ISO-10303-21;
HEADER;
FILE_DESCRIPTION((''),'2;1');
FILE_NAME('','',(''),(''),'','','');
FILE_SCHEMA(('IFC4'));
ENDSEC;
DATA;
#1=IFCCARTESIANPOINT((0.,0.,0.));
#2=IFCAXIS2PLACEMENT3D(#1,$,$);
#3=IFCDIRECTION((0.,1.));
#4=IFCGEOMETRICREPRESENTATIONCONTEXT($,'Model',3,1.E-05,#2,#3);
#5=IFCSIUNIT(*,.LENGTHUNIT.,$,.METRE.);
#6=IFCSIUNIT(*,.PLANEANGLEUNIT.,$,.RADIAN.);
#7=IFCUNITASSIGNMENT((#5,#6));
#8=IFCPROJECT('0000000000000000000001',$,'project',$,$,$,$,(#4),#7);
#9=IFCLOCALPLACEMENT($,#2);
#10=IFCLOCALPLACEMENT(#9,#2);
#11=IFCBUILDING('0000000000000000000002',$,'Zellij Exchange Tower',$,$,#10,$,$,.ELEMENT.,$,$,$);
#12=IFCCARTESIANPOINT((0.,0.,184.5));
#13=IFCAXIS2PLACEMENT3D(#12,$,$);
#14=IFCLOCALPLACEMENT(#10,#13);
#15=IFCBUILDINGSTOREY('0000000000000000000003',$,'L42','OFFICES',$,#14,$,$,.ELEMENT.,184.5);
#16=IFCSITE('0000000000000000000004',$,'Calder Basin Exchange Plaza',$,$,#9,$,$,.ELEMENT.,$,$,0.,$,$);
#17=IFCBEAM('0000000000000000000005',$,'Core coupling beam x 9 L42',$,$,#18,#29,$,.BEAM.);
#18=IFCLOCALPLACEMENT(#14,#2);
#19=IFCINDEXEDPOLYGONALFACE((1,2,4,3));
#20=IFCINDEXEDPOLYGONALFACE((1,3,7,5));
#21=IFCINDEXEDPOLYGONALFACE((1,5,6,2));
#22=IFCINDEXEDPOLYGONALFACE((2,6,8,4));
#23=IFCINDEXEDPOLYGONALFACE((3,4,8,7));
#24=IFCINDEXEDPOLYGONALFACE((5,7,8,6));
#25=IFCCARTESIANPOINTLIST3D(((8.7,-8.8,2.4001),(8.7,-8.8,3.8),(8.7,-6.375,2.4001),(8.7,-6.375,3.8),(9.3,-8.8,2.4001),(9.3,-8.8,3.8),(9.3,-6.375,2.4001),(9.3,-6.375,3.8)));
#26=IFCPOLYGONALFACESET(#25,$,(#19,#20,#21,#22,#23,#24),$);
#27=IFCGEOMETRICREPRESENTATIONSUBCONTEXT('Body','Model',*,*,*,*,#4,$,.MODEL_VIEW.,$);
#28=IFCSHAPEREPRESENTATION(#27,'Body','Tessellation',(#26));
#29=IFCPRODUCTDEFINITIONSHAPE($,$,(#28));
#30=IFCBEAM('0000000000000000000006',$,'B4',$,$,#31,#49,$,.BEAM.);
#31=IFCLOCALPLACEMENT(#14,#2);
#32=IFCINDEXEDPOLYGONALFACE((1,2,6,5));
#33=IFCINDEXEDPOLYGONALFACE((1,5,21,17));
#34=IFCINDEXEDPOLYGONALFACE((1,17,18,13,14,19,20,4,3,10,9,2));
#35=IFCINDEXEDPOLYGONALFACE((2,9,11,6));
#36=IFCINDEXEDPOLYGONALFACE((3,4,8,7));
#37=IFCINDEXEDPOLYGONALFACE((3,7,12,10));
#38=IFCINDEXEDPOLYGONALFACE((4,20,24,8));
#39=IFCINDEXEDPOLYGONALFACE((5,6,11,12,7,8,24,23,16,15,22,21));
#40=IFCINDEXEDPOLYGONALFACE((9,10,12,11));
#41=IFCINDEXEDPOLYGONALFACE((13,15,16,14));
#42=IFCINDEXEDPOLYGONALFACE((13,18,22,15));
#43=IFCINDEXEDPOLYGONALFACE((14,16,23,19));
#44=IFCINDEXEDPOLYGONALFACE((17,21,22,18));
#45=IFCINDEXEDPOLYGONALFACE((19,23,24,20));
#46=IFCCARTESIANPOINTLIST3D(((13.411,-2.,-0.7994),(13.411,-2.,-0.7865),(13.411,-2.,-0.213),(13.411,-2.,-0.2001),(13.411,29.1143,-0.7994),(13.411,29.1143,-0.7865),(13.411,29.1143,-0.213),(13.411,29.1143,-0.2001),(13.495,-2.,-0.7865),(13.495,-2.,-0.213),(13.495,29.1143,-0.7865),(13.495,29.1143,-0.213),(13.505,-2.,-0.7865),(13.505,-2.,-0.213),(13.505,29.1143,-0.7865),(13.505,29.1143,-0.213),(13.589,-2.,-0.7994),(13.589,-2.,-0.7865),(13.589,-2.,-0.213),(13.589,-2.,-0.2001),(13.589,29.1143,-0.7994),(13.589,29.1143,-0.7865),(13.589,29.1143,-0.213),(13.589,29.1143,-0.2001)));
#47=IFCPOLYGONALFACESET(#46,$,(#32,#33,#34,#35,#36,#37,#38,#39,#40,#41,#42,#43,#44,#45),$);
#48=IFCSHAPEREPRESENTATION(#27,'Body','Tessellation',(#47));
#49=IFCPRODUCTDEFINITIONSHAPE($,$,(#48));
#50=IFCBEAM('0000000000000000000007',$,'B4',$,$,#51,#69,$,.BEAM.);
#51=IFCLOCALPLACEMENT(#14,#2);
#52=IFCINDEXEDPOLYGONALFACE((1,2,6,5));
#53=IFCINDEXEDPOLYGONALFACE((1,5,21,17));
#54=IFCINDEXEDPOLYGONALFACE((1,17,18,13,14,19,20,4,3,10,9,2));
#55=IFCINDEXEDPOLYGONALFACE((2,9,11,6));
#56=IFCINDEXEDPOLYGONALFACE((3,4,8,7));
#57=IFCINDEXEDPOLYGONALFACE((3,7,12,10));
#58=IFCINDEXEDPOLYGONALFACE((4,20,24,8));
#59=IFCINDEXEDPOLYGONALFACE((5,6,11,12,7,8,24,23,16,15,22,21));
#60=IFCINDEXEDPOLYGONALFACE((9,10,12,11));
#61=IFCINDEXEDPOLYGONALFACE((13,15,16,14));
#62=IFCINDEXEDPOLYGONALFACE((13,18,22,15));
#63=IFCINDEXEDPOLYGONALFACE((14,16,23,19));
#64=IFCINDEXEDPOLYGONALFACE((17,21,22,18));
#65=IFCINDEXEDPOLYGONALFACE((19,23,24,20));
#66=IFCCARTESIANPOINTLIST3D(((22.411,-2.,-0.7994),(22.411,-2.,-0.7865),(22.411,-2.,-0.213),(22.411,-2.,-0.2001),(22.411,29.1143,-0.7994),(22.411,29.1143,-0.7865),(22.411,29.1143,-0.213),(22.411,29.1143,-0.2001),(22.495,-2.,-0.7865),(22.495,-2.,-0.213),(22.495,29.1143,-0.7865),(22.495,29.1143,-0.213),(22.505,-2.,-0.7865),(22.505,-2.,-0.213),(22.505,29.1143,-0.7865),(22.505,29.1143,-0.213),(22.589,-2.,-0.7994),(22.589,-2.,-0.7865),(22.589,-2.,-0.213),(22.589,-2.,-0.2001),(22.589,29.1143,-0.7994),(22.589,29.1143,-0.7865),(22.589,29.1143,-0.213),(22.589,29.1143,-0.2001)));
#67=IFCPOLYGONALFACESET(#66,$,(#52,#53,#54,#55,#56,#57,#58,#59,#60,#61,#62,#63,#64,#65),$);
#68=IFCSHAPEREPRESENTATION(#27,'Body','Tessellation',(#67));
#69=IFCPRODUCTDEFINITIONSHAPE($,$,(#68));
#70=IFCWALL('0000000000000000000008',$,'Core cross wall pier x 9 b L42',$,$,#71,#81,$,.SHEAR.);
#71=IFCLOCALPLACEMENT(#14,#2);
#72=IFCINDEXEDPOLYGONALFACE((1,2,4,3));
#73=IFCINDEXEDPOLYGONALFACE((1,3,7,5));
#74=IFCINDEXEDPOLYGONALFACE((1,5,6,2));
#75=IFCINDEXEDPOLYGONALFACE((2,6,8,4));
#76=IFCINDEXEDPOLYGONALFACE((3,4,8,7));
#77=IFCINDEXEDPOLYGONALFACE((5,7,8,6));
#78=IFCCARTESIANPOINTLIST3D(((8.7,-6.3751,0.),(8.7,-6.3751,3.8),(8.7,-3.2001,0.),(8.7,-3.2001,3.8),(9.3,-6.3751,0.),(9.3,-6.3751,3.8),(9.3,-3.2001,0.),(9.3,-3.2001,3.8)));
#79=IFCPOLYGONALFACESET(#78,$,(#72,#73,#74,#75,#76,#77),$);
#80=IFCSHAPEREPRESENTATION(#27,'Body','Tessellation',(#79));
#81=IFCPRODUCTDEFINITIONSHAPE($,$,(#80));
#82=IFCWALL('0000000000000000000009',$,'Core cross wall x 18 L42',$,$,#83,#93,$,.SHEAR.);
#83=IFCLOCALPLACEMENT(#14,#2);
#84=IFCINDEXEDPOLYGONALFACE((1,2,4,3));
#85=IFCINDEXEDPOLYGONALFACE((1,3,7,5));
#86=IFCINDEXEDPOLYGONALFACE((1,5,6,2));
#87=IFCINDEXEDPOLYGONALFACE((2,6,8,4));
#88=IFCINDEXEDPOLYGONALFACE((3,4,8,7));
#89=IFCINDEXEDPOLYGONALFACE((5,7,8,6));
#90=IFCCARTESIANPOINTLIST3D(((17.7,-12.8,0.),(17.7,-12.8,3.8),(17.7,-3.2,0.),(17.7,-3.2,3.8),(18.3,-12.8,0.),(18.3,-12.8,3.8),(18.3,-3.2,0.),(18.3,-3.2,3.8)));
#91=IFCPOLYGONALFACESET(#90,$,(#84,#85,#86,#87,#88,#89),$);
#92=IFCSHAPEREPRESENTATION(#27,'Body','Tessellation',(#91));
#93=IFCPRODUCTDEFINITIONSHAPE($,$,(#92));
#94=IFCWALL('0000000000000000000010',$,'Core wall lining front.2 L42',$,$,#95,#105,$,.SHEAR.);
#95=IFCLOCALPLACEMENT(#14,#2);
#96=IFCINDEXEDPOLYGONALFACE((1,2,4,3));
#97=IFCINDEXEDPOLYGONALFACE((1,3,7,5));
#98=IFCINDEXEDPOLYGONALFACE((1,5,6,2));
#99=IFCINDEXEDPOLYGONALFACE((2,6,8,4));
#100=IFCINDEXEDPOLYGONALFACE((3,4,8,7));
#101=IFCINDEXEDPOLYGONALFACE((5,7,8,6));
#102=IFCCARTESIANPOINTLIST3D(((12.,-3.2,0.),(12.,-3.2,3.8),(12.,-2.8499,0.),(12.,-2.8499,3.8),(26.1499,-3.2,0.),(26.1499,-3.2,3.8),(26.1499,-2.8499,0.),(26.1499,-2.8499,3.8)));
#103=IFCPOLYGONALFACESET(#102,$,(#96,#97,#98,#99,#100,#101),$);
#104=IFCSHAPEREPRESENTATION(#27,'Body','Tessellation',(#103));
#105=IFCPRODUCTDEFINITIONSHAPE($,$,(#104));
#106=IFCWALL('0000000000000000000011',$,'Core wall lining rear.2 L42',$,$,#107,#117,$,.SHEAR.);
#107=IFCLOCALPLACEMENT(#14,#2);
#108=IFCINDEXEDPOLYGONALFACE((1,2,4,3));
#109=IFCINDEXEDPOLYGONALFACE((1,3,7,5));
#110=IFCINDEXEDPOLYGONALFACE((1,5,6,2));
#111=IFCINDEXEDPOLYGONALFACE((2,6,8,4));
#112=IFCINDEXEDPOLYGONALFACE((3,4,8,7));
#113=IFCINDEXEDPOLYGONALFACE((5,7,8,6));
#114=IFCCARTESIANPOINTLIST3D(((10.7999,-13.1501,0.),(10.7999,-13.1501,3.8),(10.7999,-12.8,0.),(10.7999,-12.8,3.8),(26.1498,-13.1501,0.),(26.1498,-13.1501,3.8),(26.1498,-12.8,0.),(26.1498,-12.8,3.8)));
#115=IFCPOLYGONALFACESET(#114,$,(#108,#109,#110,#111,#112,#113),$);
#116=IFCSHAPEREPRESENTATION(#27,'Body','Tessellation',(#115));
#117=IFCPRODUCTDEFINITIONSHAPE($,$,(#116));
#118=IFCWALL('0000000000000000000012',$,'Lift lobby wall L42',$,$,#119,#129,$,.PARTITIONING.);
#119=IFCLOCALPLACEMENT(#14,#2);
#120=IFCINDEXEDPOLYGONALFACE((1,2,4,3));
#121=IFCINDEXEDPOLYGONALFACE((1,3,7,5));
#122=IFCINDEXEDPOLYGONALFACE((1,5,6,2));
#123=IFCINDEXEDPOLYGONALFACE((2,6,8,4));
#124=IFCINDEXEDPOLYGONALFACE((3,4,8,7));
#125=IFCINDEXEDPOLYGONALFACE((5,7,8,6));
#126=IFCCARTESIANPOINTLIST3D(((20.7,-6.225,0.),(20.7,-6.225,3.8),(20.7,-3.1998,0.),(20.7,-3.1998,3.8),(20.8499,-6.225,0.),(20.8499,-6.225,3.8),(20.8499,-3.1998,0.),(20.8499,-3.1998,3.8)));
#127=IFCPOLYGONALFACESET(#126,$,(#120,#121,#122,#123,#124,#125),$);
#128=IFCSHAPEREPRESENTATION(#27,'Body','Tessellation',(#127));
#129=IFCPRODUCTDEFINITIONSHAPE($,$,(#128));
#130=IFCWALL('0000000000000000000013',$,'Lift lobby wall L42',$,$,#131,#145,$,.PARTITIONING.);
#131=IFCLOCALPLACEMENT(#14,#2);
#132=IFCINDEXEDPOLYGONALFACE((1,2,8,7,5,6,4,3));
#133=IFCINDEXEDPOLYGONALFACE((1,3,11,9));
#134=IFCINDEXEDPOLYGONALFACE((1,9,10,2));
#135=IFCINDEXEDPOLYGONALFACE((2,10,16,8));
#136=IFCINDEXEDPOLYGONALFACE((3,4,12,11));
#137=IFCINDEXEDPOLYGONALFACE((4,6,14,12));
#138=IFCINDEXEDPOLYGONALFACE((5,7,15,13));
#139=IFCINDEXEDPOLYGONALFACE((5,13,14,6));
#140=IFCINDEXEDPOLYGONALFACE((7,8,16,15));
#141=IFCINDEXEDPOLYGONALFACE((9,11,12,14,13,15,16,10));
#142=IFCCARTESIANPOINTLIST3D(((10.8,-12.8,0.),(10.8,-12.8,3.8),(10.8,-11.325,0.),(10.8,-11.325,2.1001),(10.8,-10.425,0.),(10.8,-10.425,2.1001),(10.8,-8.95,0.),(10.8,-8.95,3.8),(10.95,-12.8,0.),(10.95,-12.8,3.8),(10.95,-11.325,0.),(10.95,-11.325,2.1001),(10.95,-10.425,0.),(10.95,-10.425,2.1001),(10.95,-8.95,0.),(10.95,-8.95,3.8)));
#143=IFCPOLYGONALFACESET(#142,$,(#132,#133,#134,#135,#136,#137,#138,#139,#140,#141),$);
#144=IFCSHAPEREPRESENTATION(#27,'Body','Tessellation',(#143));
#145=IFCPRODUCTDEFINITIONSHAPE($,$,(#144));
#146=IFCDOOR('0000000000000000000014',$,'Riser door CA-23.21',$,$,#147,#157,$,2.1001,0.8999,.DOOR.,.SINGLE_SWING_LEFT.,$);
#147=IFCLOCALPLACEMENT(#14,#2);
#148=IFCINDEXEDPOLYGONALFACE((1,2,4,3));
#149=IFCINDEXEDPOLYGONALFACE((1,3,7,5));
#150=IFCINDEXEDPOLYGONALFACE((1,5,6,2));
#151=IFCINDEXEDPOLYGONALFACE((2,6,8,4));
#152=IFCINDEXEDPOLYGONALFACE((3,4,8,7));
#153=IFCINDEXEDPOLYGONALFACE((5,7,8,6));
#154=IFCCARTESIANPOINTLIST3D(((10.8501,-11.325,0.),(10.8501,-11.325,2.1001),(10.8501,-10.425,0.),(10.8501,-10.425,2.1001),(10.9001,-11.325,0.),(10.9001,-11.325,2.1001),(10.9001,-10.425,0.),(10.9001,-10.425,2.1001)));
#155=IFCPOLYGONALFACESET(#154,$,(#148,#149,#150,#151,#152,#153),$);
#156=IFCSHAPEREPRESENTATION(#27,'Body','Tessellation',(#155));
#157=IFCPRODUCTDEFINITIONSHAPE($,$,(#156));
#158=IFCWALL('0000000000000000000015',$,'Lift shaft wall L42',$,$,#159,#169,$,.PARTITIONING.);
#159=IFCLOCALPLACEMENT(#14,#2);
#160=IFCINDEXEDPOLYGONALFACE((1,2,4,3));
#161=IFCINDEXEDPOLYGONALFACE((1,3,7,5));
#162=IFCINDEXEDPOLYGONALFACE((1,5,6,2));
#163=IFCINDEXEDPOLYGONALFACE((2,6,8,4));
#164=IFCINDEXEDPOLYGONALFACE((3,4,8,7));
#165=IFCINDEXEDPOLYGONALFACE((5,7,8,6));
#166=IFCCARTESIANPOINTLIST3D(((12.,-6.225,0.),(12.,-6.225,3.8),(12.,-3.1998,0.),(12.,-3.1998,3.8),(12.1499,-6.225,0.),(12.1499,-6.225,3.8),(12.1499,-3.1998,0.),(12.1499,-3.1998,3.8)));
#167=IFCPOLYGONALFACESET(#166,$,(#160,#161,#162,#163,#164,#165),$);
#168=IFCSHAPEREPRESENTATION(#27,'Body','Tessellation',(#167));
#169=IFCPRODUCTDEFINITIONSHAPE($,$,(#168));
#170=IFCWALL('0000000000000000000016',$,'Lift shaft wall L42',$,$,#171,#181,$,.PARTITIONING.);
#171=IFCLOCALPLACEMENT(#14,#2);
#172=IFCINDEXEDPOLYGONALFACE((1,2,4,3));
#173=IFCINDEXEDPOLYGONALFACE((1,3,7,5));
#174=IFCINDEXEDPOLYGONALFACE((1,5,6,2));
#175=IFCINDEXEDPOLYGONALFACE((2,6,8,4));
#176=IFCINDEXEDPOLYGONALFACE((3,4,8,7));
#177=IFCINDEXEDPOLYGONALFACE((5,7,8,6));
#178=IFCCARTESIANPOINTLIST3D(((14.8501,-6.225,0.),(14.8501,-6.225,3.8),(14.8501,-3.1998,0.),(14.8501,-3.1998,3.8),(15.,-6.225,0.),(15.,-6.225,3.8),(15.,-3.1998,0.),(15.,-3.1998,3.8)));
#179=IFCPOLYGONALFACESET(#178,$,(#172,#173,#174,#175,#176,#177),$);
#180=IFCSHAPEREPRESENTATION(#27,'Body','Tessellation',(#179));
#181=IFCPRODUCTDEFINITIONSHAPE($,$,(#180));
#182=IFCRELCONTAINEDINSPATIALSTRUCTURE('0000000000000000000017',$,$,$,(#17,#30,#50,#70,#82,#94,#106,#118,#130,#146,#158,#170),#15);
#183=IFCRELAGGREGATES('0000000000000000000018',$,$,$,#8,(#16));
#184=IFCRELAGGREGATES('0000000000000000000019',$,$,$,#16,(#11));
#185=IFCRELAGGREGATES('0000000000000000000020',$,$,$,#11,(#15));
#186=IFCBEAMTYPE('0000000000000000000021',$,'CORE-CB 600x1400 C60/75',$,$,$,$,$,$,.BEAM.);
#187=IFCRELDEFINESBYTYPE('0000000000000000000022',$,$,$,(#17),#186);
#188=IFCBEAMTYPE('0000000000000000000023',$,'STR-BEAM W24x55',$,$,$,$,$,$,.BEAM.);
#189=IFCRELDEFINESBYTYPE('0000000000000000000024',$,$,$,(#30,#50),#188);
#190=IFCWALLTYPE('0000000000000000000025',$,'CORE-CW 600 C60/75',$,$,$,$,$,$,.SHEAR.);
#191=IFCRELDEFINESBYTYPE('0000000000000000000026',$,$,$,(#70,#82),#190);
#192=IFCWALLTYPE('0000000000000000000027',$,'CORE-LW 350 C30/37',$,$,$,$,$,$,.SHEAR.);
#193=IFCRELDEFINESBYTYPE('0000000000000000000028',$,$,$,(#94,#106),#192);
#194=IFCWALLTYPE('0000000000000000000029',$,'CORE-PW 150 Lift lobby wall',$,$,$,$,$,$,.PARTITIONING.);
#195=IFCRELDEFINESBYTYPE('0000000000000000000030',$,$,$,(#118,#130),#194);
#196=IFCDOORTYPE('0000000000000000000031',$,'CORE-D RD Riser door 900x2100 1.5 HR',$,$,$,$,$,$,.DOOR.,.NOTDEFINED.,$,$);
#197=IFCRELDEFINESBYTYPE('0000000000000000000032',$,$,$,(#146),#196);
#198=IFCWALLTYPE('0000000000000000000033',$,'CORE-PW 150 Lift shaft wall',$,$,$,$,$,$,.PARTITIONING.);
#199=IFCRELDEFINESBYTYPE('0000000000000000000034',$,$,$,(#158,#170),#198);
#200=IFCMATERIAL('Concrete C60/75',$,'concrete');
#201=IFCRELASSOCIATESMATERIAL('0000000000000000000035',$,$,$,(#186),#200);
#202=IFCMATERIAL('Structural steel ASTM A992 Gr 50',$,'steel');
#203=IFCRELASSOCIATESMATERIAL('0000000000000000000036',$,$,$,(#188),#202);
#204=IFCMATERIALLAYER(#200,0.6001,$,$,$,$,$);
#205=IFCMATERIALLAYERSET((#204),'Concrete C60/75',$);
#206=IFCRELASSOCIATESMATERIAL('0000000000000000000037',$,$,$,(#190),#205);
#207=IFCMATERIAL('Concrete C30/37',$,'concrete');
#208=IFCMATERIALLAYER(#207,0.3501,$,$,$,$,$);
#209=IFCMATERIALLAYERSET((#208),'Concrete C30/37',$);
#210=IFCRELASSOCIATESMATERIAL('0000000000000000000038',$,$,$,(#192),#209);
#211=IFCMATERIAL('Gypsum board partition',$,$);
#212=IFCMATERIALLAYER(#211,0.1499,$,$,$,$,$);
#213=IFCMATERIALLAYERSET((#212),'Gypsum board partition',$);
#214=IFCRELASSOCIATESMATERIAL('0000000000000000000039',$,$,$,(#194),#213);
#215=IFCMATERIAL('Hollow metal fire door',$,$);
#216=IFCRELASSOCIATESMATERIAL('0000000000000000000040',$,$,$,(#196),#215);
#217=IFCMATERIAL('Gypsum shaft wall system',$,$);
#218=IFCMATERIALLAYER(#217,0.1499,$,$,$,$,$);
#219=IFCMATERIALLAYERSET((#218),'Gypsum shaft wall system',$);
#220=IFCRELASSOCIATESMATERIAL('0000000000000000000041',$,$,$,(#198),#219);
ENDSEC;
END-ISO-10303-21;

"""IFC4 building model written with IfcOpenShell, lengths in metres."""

from ifc_helpers import new_model, si_unit, direction, frame, frame_2d, origin, origin_2d, place, context, subcontext, project, spatial, rectangle, i_section, extrude, material, layer, layer_set, material_profile, profile_set, type_object, element, fill, save


model = new_model("IFC4")

# Units and contexts
model_context = context("Model", 3, precision=1e-05, world=origin(), true_north=direction((0.0, 1.0)))
body_context = subcontext(model_context, "Body", "Model", "MODEL_VIEW")
ifc_project = project(units=[si_unit("LENGTHUNIT", "METRE"), si_unit("PLANEANGLEUNIT", "RADIAN")], contexts=[model_context])

# Site, building, storey
site_placement = place(None, origin())
site = spatial("IfcSite", under=ifc_project, at=site_placement, Name="Calder Basin Exchange Plaza", CompositionType="ELEMENT", RefElevation=0.0)
building_placement = place(site_placement, origin())
building = spatial("IfcBuilding", under=site, at=building_placement, Name="Zellij Exchange Tower", CompositionType="ELEMENT")
storey_placement = place(building_placement, frame((0.0, 0.0, 184.5)))
storey = spatial("IfcBuildingStorey", under=building, at=storey_placement, Name="L42", Description="OFFICES", CompositionType="ELEMENT", Elevation=184.5)

# Beams
ifc_material_1 = material(Name="Concrete C60/75", Category="concrete")
ifc_material_profile_1 = material_profile(ifc_material_1, rectangle(XDim=0.6001, YDim=1.3999, at=origin_2d()), Name="CORE-CB 600x1400 C60/75")
ifc_profile_set_1 = profile_set([ifc_material_profile_1], Name="Concrete C60/75")
beam_type_1 = type_object("IfcBeamType", Name="CORE-CB 600x1400 C60/75", PredefinedType="BEAM", material=ifc_profile_set_1)
beam_placement = place(storey_placement, frame((9.0, -8.8, 3.1001), z_axis=(0.0, 1.0, 0.0), x_axis=(-1.0, 0.0, 0.0)))
element("IfcBeam", 1, at=beam_placement, inside=storey, type_object=beam_type_1, Name="Core coupling beam x 9 L42", PredefinedType="BEAM", context=body_context, shape_type="SweptSolid", body=[
    extrude(rectangle(XDim=0.6001, YDim=1.3999, at=origin_2d()), origin(), (0.0, 0.0, 1.0), 2.425),
])
ifc_material_2 = material(Name="Structural steel ASTM A992 Gr 50", Category="steel")
ifc_material_profile_2 = material_profile(ifc_material_2, i_section(OverallWidth=0.178, OverallDepth=0.5994, WebThickness=0.01, FlangeThickness=0.0129, at=origin_2d()), Name="W24x55")
ifc_profile_set_2 = profile_set([ifc_material_profile_2], Name="Structural steel ASTM A992 Gr 50")
beam_type_2 = type_object("IfcBeamType", Name="STR-BEAM W24x55", PredefinedType="BEAM", material=ifc_profile_set_2)
for number, where, z_axis, x_axis, name in (
    (2, (13.5, -2.0, -0.4998), (0.0, 1.0, 0.0), (-1.0, 0.0, 0.0), "B4"),
    (3, (22.5, -2.0, -0.4998), (0.0, 1.0, 0.0), (-1.0, 0.0, 0.0), "B4"),
):
    element("IfcBeam", number, at=place(storey_placement, frame(where, z_axis=z_axis, x_axis=x_axis)), inside=storey, type_object=beam_type_2, Name=name, PredefinedType="BEAM", context=body_context, shape_type="SweptSolid", body=[
        extrude(i_section(OverallWidth=0.178, OverallDepth=0.5994, WebThickness=0.01, FlangeThickness=0.0129, at=origin_2d()), origin(), (0.0, 0.0, 1.0), 31.1143),
    ])

# Walls
ifc_layer_1 = layer(ifc_material_1, 0.6001)
ifc_layer_set_1 = layer_set([ifc_layer_1], Name="Concrete C60/75")
wall_type_1 = type_object("IfcWallType", Name="CORE-CW 600 C60/75", PredefinedType="SHEAR", material=ifc_layer_set_1)
wall_1_placement = place(storey_placement, frame((9.0, -6.375, 0.0), z_axis=(0.0, 0.0, 1.0), x_axis=(0.0, 1.0, 0.0)))
element("IfcWall", 4, at=wall_1_placement, inside=storey, type_object=wall_type_1, Name="Core cross wall pier x 9 b L42", PredefinedType="SHEAR", context=body_context, shape_type="SweptSolid", body=[
    extrude(rectangle(XDim=3.175, YDim=0.6001, at=frame_2d((1.5874, 0.0))), origin(), (0.0, 0.0, 1.0), 3.8),
])
wall_2_placement = place(storey_placement, frame((18.0, -12.8, 0.0), z_axis=(0.0, 0.0, 1.0), x_axis=(0.0, 1.0, 0.0)))
element("IfcWall", 5, at=wall_2_placement, inside=storey, type_object=wall_type_1, Name="Core cross wall x 18 L42", PredefinedType="SHEAR", context=body_context, shape_type="SweptSolid", body=[
    extrude(rectangle(XDim=9.6001, YDim=0.6001, at=frame_2d((4.8, 0.0))), origin(), (0.0, 0.0, 1.0), 3.8),
])
ifc_material_3 = material(Name="Concrete C30/37", Category="concrete")
ifc_layer_2 = layer(ifc_material_3, 0.3501)
ifc_layer_set_2 = layer_set([ifc_layer_2], Name="Concrete C30/37")
wall_type_2 = type_object("IfcWallType", Name="CORE-LW 350 C30/37", PredefinedType="SHEAR", material=ifc_layer_set_2)
wall_3_placement = place(storey_placement, frame((12.0, -3.0249, 0.0), z_axis=(0.0, 0.0, 1.0), x_axis=(1.0, 0.0, 0.0)))
element("IfcWall", 6, at=wall_3_placement, inside=storey, type_object=wall_type_2, Name="Core wall lining front.2 L42", PredefinedType="SHEAR", context=body_context, shape_type="SweptSolid", body=[
    extrude(rectangle(XDim=14.1499, YDim=0.3501, at=frame_2d((7.075, 0.0))), origin(), (0.0, 0.0, 1.0), 3.8),
])
wall_4_placement = place(storey_placement, frame((10.8, -12.9751, 0.0), z_axis=(0.0, 0.0, 1.0), x_axis=(1.0, 0.0, 0.0)))
element("IfcWall", 7, at=wall_4_placement, inside=storey, type_object=wall_type_2, Name="Core wall lining rear.2 L42", PredefinedType="SHEAR", context=body_context, shape_type="SweptSolid", body=[
    extrude(rectangle(XDim=15.3499, YDim=0.3501, at=frame_2d((7.6748, 0.0))), origin(), (0.0, 0.0, 1.0), 3.8),
])
ifc_material_4 = material(Name="Gypsum board partition")
ifc_layer_3 = layer(ifc_material_4, 0.1499)
ifc_layer_set_3 = layer_set([ifc_layer_3], Name="Gypsum board partition")
wall_type_3 = type_object("IfcWallType", Name="CORE-PW 150 Lift lobby wall", PredefinedType="PARTITIONING", material=ifc_layer_set_3)
wall_5_placement = place(storey_placement, frame((20.7749, -6.2251, 0.0), z_axis=(0.0, 0.0, 1.0), x_axis=(0.0, 1.0, 0.0)))
element("IfcWall", 8, at=wall_5_placement, inside=storey, type_object=wall_type_3, Name="Lift lobby wall L42", PredefinedType="PARTITIONING", context=body_context, shape_type="SweptSolid", body=[
    extrude(rectangle(XDim=3.0251, YDim=0.1499, at=frame_2d((1.5127, 0.0))), origin(), (0.0, 0.0, 1.0), 3.8),
])

# Wall, opening, door
wall_6_placement = place(storey_placement, frame((10.875, -12.8, 0.0), z_axis=(0.0, 0.0, 1.0), x_axis=(0.0, 1.0, 0.0)))
wall_6 = element("IfcWall", 9, at=wall_6_placement, inside=storey, type_object=wall_type_3, Name="Lift lobby wall L42", PredefinedType="PARTITIONING", context=body_context, shape_type="SweptSolid", body=[
    extrude(rectangle(XDim=3.8501, YDim=0.1499, at=frame_2d((1.925, 0.0))), origin(), (0.0, 0.0, 1.0), 3.8),
])
opening_1_placement = place(wall_6_placement, frame((1.4751, 0.0, 0.0)))
opening_1 = element("IfcOpeningElement", 10, at=opening_1_placement, cuts=wall_6, PredefinedType="OPENING", context=body_context, shape_type="SweptSolid", body=[
    extrude(rectangle(XDim=0.8999, YDim=2.1001, at=frame_2d((0.45, 1.05))), frame((0.0, 0.0869, 0.0), z_axis=(0.0, -1.0, 0.0), x_axis=(1.0, 0.0, 0.0)), (0.0, 0.0, 1.0), 0.1738),
])
ifc_material_5 = material(Name="Hollow metal fire door")
door_type_1 = type_object("IfcDoorType", Name="CORE-D RD Riser door 900x2100 1.5 HR", OperationType="NOTDEFINED", PredefinedType="DOOR", material=ifc_material_5)
door_1_placement = place(opening_1_placement, origin())
door_1 = element("IfcDoor", 11, at=door_1_placement, inside=storey, type_object=door_type_1, Name="Riser door CA-23.21", OperationType="SINGLE_SWING_LEFT", OverallHeight=2.1001, OverallWidth=0.8999, PredefinedType="DOOR", context=body_context, shape_type="SweptSolid", body=[
    extrude(rectangle(XDim=0.8999, YDim=2.1001, at=frame_2d((0.45, 1.05))), frame((0.0, 0.0249, 0.0), z_axis=(0.0, -1.0, 0.0), x_axis=(1.0, 0.0, 0.0)), (0.0, 0.0, 1.0), 0.05),
])
fill(opening_1, door_1)

# Walls
ifc_material_6 = material(Name="Gypsum shaft wall system")
ifc_layer_4 = layer(ifc_material_6, 0.1499)
ifc_layer_set_4 = layer_set([ifc_layer_4], Name="Gypsum shaft wall system")
wall_type_4 = type_object("IfcWallType", Name="CORE-PW 150 Lift shaft wall", PredefinedType="PARTITIONING", material=ifc_layer_set_4)
for number, where, z_axis, x_axis, name in (
    (12, (12.075, -6.2251, 0.0), (0.0, 0.0, 1.0), (0.0, 1.0, 0.0), "Lift shaft wall L42"),
    (13, (14.925, -6.2251, 0.0), (0.0, 0.0, 1.0), (0.0, 1.0, 0.0), "Lift shaft wall L42"),
):
    element("IfcWall", number, at=place(storey_placement, frame(where, z_axis=z_axis, x_axis=x_axis)), inside=storey, type_object=wall_type_4, Name=name, PredefinedType="PARTITIONING", context=body_context, shape_type="SweptSolid", body=[
        extrude(rectangle(XDim=3.0251, YDim=0.1499, at=frame_2d((1.5127, 0.0))), origin(), (0.0, 0.0, 1.0), 3.8),
    ])

save(model, "model.ifc")
